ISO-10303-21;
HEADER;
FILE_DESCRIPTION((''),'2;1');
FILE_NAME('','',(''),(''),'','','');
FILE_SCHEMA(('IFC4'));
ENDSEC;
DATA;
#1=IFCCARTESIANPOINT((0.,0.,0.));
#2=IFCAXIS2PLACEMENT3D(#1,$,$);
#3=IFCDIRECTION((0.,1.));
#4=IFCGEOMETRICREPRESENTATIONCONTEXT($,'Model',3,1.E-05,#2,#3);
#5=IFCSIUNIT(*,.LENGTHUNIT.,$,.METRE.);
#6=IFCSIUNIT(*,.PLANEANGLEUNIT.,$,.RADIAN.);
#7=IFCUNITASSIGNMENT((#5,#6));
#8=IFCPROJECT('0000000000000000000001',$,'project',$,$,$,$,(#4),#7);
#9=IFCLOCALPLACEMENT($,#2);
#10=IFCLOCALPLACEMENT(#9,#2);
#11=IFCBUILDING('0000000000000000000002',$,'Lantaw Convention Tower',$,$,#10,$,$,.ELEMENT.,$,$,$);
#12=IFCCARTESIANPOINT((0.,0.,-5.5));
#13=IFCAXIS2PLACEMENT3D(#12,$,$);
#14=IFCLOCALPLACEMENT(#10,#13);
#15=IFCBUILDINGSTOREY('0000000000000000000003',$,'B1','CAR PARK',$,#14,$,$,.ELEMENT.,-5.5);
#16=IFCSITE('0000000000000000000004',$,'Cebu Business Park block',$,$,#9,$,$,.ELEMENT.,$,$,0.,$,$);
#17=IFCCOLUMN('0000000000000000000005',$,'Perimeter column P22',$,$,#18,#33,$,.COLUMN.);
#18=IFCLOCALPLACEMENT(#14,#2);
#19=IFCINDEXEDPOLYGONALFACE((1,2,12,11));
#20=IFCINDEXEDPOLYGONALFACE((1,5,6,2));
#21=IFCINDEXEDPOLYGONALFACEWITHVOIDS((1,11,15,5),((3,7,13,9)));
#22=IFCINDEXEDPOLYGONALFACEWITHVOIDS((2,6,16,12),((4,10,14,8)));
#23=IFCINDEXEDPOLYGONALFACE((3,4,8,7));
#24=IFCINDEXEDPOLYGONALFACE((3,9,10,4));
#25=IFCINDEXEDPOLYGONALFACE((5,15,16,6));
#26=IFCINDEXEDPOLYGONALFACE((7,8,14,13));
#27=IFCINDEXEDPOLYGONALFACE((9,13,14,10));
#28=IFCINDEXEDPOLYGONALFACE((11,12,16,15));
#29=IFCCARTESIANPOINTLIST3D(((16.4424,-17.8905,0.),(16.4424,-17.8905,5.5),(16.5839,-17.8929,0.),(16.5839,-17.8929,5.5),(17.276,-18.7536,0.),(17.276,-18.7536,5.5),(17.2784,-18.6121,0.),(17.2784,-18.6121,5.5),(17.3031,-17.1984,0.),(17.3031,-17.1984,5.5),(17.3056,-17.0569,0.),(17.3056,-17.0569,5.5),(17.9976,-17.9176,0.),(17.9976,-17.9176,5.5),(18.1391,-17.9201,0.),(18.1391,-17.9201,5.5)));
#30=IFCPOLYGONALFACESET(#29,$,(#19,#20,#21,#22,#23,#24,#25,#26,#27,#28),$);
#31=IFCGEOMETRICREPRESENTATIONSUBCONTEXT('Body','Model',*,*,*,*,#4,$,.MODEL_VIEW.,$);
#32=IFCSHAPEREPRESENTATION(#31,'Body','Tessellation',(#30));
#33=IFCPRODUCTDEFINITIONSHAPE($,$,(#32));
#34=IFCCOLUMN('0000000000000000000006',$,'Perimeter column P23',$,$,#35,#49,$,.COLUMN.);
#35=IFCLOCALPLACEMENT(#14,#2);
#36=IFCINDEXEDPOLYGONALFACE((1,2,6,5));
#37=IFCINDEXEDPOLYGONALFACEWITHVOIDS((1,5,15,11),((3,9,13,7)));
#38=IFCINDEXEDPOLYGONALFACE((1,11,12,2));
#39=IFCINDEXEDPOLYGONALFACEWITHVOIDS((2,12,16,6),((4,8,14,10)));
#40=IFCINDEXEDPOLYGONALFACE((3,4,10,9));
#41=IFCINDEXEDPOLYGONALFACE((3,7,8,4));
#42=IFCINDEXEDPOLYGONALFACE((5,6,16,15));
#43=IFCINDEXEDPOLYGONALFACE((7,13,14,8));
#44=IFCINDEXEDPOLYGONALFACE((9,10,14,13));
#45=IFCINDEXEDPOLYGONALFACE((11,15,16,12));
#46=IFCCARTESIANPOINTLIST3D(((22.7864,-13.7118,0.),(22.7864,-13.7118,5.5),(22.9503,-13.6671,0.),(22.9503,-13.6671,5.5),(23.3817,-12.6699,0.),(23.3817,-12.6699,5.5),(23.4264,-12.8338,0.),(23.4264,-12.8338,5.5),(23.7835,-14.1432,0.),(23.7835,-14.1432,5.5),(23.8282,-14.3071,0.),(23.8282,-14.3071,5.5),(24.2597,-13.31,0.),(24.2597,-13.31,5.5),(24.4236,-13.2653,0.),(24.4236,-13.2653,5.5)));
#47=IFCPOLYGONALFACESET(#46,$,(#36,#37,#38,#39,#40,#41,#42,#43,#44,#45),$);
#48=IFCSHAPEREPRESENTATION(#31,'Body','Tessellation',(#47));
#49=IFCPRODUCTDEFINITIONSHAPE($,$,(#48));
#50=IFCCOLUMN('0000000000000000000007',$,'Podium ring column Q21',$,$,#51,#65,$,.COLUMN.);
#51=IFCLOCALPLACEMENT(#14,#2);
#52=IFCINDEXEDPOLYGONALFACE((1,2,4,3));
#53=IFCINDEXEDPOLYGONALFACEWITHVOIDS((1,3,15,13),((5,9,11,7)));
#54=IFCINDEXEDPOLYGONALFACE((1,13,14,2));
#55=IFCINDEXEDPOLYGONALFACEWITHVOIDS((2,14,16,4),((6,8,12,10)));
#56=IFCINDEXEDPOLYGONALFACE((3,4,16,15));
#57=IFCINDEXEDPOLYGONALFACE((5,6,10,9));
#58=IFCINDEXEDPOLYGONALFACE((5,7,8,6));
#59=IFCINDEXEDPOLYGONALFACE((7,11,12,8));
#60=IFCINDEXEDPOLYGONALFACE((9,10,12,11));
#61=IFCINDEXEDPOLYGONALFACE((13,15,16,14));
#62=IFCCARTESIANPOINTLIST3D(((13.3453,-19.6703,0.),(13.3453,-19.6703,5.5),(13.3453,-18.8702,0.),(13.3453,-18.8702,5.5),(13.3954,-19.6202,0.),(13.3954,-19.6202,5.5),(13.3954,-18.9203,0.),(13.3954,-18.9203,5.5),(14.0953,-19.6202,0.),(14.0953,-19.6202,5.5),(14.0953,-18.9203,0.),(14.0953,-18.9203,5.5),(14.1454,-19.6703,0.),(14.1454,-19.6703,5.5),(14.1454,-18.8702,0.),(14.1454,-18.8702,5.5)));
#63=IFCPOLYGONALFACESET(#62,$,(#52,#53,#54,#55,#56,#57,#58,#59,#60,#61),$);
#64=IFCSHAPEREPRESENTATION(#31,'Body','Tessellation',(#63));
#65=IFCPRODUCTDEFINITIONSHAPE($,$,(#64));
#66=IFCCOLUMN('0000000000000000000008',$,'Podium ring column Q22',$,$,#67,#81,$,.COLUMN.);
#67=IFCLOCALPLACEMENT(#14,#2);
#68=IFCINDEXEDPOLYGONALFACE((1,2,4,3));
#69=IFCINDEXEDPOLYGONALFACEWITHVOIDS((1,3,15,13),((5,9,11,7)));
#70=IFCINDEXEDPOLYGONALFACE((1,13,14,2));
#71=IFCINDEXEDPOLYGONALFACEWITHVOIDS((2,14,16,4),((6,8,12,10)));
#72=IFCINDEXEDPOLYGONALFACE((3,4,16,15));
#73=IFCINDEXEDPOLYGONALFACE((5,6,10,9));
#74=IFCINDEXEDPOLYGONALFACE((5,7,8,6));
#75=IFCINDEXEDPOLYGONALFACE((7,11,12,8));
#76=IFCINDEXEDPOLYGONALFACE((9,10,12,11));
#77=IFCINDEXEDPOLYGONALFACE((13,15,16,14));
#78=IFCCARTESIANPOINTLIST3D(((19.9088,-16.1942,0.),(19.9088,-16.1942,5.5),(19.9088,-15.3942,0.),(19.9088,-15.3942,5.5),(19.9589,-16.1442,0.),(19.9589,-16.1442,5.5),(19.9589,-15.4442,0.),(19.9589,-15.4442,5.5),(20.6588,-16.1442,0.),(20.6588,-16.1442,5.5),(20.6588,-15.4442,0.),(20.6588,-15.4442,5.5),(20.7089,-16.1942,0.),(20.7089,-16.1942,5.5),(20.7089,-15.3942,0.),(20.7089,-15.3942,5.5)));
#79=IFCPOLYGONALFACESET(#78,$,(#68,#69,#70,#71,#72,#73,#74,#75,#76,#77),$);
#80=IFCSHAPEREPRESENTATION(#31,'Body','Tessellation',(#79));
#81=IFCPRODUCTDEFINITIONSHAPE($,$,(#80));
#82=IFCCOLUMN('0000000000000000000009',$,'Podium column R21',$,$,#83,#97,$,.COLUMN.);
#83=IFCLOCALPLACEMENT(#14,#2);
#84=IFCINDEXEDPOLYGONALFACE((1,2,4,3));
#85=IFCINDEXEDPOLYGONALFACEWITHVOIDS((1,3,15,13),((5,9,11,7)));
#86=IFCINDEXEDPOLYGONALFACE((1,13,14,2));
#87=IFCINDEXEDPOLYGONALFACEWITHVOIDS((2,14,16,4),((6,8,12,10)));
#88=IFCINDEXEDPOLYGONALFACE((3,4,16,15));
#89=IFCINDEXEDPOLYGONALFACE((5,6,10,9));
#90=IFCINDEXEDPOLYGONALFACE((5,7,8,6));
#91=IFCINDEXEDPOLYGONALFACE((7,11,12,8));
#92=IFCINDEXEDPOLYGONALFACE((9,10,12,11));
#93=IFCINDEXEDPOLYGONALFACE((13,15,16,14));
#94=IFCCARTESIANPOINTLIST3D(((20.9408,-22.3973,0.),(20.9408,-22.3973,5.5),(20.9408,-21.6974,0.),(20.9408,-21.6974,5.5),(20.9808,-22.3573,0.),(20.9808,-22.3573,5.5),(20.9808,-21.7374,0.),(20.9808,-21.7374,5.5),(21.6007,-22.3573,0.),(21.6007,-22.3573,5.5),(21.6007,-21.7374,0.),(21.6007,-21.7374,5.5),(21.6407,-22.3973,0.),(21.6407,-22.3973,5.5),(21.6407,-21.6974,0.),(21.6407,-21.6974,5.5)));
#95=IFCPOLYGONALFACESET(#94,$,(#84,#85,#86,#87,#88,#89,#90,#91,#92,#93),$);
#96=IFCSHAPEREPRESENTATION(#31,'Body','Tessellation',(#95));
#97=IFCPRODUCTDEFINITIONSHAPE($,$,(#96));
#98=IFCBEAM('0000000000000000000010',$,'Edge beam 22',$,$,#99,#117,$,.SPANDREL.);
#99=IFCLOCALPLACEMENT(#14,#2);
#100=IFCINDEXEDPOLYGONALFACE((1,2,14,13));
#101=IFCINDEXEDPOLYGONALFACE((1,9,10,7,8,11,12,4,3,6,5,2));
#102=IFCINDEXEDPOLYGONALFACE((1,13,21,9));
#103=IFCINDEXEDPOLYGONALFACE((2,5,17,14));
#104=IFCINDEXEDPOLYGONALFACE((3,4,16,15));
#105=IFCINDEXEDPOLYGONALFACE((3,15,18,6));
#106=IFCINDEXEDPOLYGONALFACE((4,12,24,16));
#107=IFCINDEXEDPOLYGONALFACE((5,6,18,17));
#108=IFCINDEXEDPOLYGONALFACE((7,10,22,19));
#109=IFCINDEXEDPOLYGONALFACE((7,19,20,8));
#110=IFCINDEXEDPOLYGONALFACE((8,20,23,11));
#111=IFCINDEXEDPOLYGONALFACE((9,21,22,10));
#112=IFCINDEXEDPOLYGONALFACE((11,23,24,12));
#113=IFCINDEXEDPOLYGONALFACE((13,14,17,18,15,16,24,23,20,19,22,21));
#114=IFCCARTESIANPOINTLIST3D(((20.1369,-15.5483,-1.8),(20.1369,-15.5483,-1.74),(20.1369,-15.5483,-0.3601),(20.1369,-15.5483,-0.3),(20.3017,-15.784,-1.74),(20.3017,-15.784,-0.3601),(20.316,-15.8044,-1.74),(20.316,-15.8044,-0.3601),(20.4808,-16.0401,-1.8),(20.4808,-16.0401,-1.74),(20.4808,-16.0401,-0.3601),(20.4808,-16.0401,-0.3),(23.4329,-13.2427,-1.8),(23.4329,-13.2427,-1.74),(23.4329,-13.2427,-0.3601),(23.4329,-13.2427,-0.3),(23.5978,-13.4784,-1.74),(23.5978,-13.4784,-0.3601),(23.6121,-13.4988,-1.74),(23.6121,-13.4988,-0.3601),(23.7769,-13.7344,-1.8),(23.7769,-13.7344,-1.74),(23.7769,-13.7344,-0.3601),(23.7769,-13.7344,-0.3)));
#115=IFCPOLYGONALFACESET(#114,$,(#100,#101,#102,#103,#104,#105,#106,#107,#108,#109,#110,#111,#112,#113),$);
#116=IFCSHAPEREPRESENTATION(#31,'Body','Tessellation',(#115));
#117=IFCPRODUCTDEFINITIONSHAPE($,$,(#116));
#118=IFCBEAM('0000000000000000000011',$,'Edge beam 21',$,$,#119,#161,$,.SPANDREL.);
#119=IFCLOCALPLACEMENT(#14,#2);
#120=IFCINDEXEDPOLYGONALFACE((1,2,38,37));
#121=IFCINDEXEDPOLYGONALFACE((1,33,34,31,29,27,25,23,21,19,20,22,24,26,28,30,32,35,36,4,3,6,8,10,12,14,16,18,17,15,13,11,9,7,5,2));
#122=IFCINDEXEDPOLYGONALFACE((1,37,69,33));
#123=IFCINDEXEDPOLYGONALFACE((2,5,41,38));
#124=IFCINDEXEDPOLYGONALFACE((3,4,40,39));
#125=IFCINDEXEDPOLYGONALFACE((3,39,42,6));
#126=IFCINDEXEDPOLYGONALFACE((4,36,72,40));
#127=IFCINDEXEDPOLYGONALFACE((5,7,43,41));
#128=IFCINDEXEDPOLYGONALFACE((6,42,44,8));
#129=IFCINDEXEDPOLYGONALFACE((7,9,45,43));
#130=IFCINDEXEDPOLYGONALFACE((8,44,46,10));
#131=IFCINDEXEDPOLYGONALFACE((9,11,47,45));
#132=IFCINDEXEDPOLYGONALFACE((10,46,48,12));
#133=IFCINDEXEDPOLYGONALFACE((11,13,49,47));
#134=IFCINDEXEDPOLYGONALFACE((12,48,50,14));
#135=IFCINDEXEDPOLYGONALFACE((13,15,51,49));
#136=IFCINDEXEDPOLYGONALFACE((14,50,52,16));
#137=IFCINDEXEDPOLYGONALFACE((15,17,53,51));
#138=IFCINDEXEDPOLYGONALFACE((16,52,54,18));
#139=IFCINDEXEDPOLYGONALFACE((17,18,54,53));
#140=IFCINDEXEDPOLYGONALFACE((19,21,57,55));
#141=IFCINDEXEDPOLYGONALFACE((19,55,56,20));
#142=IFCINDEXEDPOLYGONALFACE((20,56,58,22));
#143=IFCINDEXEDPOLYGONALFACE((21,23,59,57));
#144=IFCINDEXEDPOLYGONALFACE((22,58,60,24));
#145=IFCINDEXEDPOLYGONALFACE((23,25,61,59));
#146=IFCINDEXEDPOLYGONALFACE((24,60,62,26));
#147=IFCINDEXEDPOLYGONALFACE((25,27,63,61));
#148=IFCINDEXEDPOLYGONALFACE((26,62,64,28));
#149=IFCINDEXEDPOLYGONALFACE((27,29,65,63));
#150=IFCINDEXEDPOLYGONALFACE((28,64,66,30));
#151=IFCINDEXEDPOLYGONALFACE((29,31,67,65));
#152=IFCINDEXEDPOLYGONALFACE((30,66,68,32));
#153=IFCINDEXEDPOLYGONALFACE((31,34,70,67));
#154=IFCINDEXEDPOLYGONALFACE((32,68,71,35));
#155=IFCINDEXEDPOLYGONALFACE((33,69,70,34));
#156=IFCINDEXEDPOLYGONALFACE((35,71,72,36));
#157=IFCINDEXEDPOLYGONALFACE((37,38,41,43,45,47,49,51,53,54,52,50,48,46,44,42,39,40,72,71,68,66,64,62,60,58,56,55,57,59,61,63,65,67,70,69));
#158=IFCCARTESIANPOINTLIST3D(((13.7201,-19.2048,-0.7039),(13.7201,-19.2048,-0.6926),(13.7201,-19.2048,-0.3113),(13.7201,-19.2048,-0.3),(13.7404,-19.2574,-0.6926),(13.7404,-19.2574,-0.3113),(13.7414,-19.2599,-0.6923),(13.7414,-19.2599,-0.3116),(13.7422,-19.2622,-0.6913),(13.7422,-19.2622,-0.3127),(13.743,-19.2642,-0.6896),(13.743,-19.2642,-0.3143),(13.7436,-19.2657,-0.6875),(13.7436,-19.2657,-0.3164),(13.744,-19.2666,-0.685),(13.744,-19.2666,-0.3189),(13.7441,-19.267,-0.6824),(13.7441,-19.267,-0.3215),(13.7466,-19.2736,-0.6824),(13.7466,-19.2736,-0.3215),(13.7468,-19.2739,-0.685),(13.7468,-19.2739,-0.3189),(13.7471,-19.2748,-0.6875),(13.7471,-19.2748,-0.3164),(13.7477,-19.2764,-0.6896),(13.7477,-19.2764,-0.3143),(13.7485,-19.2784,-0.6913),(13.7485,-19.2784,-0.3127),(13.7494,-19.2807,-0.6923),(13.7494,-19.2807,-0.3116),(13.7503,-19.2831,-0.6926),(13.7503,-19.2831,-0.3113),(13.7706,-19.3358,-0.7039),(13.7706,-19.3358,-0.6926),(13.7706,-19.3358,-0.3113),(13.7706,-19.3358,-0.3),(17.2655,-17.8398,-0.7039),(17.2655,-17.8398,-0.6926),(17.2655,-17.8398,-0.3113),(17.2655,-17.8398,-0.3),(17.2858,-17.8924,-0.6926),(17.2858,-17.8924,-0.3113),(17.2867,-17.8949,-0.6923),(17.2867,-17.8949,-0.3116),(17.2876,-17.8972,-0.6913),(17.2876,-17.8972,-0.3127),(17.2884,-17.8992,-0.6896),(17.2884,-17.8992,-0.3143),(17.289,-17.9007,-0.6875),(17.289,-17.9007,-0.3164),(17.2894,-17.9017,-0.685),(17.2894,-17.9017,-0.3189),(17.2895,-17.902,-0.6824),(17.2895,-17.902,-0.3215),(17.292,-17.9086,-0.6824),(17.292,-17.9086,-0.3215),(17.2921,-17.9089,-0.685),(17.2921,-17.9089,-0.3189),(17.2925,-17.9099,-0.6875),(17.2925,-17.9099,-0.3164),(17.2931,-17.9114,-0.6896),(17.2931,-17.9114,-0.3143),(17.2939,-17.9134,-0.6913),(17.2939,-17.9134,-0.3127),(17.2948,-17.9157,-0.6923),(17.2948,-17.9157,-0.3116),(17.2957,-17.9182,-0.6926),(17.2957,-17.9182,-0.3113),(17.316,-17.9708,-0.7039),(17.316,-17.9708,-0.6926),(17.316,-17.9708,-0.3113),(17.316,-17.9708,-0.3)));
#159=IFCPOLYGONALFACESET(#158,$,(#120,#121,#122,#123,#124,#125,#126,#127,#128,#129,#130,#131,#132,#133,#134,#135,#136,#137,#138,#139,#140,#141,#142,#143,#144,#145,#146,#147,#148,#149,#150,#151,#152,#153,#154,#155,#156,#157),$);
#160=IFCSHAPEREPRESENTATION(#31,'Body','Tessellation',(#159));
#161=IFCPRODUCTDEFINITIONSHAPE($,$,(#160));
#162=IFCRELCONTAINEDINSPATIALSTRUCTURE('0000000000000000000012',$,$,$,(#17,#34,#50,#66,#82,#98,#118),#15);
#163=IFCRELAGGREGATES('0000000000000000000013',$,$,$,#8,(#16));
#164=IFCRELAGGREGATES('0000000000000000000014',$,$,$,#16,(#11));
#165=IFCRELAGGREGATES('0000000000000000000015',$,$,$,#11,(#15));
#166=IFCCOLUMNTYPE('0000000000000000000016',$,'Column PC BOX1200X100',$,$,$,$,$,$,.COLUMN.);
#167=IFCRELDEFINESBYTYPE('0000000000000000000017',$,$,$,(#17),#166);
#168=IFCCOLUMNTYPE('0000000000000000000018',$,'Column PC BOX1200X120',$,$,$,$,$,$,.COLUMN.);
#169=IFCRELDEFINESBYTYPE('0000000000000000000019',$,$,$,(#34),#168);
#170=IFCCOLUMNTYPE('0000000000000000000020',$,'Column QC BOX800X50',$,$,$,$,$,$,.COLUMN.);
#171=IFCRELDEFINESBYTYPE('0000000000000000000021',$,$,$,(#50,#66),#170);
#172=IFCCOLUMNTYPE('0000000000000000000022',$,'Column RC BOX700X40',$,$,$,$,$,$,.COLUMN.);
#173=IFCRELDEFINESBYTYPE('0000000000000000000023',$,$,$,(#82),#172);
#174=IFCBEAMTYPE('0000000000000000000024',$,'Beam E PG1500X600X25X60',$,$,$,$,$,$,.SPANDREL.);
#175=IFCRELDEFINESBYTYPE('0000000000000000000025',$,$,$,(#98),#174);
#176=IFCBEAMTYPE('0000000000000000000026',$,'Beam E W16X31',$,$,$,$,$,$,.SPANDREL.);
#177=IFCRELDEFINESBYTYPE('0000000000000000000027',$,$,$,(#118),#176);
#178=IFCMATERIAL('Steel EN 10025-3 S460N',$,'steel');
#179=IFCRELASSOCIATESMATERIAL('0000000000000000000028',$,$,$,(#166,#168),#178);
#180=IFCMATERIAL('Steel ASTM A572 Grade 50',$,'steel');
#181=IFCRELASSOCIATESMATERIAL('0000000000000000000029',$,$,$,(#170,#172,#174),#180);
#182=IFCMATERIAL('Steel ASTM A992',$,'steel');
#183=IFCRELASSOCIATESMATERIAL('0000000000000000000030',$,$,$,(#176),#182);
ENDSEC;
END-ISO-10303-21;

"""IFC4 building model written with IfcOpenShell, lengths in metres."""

from ifc_helpers import new_model, si_unit, direction, frame, origin, origin_2d, place, context, subcontext, project, spatial, rectangle, hollow_rectangle, i_section, extrude, material, material_profile, profile_set, type_object, element, save


model = new_model("IFC4")

# Units and contexts
model_context = context("Model", 3, precision=1e-05, world=origin(), true_north=direction((0.0, 1.0)))
body_context = subcontext(model_context, "Body", "Model", "MODEL_VIEW")
ifc_project = project(units=[si_unit("LENGTHUNIT", "METRE"), si_unit("PLANEANGLEUNIT", "RADIAN")], contexts=[model_context])

# Site, building, storey
site_placement = place(None, origin())
site = spatial("IfcSite", under=ifc_project, at=site_placement, Name="Cebu Business Park block", CompositionType="ELEMENT", RefElevation=0.0)
building_placement = place(site_placement, origin())
building = spatial("IfcBuilding", under=site, at=building_placement, Name="Lantaw Convention Tower", CompositionType="ELEMENT")
storey_placement = place(building_placement, frame((0.0, 0.0, -5.5)))
storey = spatial("IfcBuildingStorey", under=building, at=storey_placement, Name="B1", Description="CAR PARK", CompositionType="ELEMENT", Elevation=-5.5)

# Columns
ifc_material_1 = material(Name="Steel EN 10025-3 S460N", Category="steel")
ifc_material_profile_1 = material_profile(ifc_material_1, hollow_rectangle(XDim=1.2, YDim=1.2, WallThickness=0.1001, at=origin_2d()), Name="BOX1200X100")
ifc_material_2 = material(Name="Concrete C60/75", Category="concrete")
ifc_material_profile_2 = material_profile(ifc_material_2, rectangle(XDim=1.0, YDim=1.0, at=origin_2d()), Name="Concrete fill of BOX1200X100")
ifc_profile_set_1 = profile_set([ifc_material_profile_1, ifc_material_profile_2], Name="Steel EN 10025-3 S460N")
column_type_1 = type_object("IfcColumnType", Name="Column PC BOX1200X100", PredefinedType="COLUMN", material=ifc_profile_set_1)
column_1_placement = place(storey_placement, frame((17.2908, -17.9053, 0.0), z_axis=(0.0, 0.0, 1.0), x_axis=(0.71934, 0.694658, 0.0)))
element("IfcColumn", 1, at=column_1_placement, inside=storey, type_object=column_type_1, Name="Perimeter column P22", PredefinedType="COLUMN", context=body_context, shape_type="SweptSolid", body=[
    extrude(hollow_rectangle(XDim=1.2, YDim=1.2, WallThickness=0.1001, at=origin_2d()), origin(), (0.0, 0.0, 1.0), 5.5),
])
ifc_material_profile_3 = material_profile(ifc_material_1, hollow_rectangle(XDim=1.2, YDim=1.2, WallThickness=0.1201, at=origin_2d()), Name="BOX1200X120")
ifc_material_profile_4 = material_profile(ifc_material_2, rectangle(XDim=0.96, YDim=0.96, at=origin_2d()), Name="Concrete fill of BOX1200X120")
ifc_profile_set_2 = profile_set([ifc_material_profile_3, ifc_material_profile_4], Name="Steel EN 10025-3 S460N")
column_type_2 = type_object("IfcColumnType", Name="Column PC BOX1200X120", PredefinedType="COLUMN", material=ifc_profile_set_2)
column_2_placement = place(storey_placement, frame((23.605, -13.4885, 0.0), z_axis=(0.0, 0.0, 1.0), x_axis=(0.496139, 0.868243, 0.0)))
element("IfcColumn", 2, at=column_2_placement, inside=storey, type_object=column_type_2, Name="Perimeter column P23", PredefinedType="COLUMN", context=body_context, shape_type="SweptSolid", body=[
    extrude(hollow_rectangle(XDim=1.2, YDim=1.2, WallThickness=0.1201, at=origin_2d()), origin(), (0.0, 0.0, 1.0), 5.5),
])
ifc_material_3 = material(Name="Steel ASTM A572 Grade 50", Category="steel")
ifc_material_profile_5 = material_profile(ifc_material_3, hollow_rectangle(XDim=0.8, YDim=0.8, WallThickness=0.05, at=origin_2d()), Name="BOX800X50")
ifc_profile_set_3 = profile_set([ifc_material_profile_5], Name="Steel ASTM A572 Grade 50")
column_type_3 = type_object("IfcColumnType", Name="Column QC BOX800X50", PredefinedType="COLUMN", material=ifc_profile_set_3)
for number, where, z_axis, x_axis, name in (
    (3, (13.7454, -19.2703, 0.0), (0.0, 0.0, 1.0), (1.0, 0.0, 0.0), "Podium ring column Q21"),
    (4, (20.3088, -15.7942, 0.0), (0.0, 0.0, 1.0), (1.0, 0.0, 0.0), "Podium ring column Q22"),
):
    element("IfcColumn", number, at=place(storey_placement, frame(where, z_axis=z_axis, x_axis=x_axis)), inside=storey, type_object=column_type_3, Name=name, PredefinedType="COLUMN", context=body_context, shape_type="SweptSolid", body=[
        extrude(hollow_rectangle(XDim=0.8, YDim=0.8, WallThickness=0.05, at=origin_2d()), origin(), (0.0, 0.0, 1.0), 5.5),
    ])
ifc_material_profile_6 = material_profile(ifc_material_3, hollow_rectangle(XDim=0.7, YDim=0.7, WallThickness=0.04, at=origin_2d()), Name="BOX700X40")
ifc_profile_set_4 = profile_set([ifc_material_profile_6], Name="Steel ASTM A572 Grade 50")
column_type_4 = type_object("IfcColumnType", Name="Column RC BOX700X40", PredefinedType="COLUMN", material=ifc_profile_set_4)
column_3_placement = place(storey_placement, frame((21.2908, -22.0474, 0.0), z_axis=(0.0, 0.0, 1.0), x_axis=(1.0, 0.0, 0.0)))
element("IfcColumn", 5, at=column_3_placement, inside=storey, type_object=column_type_4, Name="Podium column R21", PredefinedType="COLUMN", context=body_context, shape_type="SweptSolid", body=[
    extrude(hollow_rectangle(XDim=0.7, YDim=0.7, WallThickness=0.04, at=origin_2d()), origin(), (0.0, 0.0, 1.0), 5.5),
])

# Beams
ifc_material_profile_7 = material_profile(ifc_material_3, i_section(OverallWidth=0.6001, OverallDepth=1.5, WebThickness=0.0249, FlangeThickness=0.0601, at=origin_2d()), Name="PG1500X600X25X60")
ifc_profile_set_5 = profile_set([ifc_material_profile_7], Name="Steel ASTM A572 Grade 50")
beam_type_1 = type_object("IfcBeamType", Name="Beam E PG1500X600X25X60", PredefinedType="SPANDREL", material=ifc_profile_set_5)
beam_1_placement = place(storey_placement, frame((20.3088, -15.7942, -1.05), z_axis=(0.819423, 0.573189, 0.0), x_axis=(-0.573189, 0.819423, 0.0)))
element("IfcBeam", 6, at=beam_1_placement, inside=storey, type_object=beam_type_1, Name="Edge beam 22", PredefinedType="SPANDREL", context=body_context, shape_type="SweptSolid", body=[
    extrude(i_section(OverallWidth=0.6001, OverallDepth=1.5, WebThickness=0.0249, FlangeThickness=0.0601, at=origin_2d()), origin(), (0.0, 0.0, 1.0), 4.0225),
])
ifc_material_4 = material(Name="Steel ASTM A992", Category="steel")
ifc_material_profile_8 = material_profile(ifc_material_4, i_section(OverallWidth=0.1404, OverallDepth=0.4038, WebThickness=0.0071, FlangeThickness=0.0112, FilletRadius=0.0103, at=origin_2d()), Name="W16X31")
ifc_profile_set_6 = profile_set([ifc_material_profile_8], Name="Steel ASTM A992")
beam_type_2 = type_object("IfcBeamType", Name="Beam E W16X31", PredefinedType="SPANDREL", material=ifc_profile_set_6)
beam_2_placement = place(storey_placement, frame((13.7454, -19.2703, -0.502), z_axis=(0.933225, 0.359293, 0.0), x_axis=(-0.359293, 0.933225, 0.0)))
element("IfcBeam", 7, at=beam_2_placement, inside=storey, type_object=beam_type_2, Name="Edge beam 21", PredefinedType="SPANDREL", context=body_context, shape_type="SweptSolid", body=[
    extrude(i_section(OverallWidth=0.1404, OverallDepth=0.4038, WebThickness=0.0071, FlangeThickness=0.0112, FilletRadius=0.0103, at=origin_2d()), origin(), (0.0, 0.0, 1.0), 3.7991),
])

save(model, "model.ifc")
